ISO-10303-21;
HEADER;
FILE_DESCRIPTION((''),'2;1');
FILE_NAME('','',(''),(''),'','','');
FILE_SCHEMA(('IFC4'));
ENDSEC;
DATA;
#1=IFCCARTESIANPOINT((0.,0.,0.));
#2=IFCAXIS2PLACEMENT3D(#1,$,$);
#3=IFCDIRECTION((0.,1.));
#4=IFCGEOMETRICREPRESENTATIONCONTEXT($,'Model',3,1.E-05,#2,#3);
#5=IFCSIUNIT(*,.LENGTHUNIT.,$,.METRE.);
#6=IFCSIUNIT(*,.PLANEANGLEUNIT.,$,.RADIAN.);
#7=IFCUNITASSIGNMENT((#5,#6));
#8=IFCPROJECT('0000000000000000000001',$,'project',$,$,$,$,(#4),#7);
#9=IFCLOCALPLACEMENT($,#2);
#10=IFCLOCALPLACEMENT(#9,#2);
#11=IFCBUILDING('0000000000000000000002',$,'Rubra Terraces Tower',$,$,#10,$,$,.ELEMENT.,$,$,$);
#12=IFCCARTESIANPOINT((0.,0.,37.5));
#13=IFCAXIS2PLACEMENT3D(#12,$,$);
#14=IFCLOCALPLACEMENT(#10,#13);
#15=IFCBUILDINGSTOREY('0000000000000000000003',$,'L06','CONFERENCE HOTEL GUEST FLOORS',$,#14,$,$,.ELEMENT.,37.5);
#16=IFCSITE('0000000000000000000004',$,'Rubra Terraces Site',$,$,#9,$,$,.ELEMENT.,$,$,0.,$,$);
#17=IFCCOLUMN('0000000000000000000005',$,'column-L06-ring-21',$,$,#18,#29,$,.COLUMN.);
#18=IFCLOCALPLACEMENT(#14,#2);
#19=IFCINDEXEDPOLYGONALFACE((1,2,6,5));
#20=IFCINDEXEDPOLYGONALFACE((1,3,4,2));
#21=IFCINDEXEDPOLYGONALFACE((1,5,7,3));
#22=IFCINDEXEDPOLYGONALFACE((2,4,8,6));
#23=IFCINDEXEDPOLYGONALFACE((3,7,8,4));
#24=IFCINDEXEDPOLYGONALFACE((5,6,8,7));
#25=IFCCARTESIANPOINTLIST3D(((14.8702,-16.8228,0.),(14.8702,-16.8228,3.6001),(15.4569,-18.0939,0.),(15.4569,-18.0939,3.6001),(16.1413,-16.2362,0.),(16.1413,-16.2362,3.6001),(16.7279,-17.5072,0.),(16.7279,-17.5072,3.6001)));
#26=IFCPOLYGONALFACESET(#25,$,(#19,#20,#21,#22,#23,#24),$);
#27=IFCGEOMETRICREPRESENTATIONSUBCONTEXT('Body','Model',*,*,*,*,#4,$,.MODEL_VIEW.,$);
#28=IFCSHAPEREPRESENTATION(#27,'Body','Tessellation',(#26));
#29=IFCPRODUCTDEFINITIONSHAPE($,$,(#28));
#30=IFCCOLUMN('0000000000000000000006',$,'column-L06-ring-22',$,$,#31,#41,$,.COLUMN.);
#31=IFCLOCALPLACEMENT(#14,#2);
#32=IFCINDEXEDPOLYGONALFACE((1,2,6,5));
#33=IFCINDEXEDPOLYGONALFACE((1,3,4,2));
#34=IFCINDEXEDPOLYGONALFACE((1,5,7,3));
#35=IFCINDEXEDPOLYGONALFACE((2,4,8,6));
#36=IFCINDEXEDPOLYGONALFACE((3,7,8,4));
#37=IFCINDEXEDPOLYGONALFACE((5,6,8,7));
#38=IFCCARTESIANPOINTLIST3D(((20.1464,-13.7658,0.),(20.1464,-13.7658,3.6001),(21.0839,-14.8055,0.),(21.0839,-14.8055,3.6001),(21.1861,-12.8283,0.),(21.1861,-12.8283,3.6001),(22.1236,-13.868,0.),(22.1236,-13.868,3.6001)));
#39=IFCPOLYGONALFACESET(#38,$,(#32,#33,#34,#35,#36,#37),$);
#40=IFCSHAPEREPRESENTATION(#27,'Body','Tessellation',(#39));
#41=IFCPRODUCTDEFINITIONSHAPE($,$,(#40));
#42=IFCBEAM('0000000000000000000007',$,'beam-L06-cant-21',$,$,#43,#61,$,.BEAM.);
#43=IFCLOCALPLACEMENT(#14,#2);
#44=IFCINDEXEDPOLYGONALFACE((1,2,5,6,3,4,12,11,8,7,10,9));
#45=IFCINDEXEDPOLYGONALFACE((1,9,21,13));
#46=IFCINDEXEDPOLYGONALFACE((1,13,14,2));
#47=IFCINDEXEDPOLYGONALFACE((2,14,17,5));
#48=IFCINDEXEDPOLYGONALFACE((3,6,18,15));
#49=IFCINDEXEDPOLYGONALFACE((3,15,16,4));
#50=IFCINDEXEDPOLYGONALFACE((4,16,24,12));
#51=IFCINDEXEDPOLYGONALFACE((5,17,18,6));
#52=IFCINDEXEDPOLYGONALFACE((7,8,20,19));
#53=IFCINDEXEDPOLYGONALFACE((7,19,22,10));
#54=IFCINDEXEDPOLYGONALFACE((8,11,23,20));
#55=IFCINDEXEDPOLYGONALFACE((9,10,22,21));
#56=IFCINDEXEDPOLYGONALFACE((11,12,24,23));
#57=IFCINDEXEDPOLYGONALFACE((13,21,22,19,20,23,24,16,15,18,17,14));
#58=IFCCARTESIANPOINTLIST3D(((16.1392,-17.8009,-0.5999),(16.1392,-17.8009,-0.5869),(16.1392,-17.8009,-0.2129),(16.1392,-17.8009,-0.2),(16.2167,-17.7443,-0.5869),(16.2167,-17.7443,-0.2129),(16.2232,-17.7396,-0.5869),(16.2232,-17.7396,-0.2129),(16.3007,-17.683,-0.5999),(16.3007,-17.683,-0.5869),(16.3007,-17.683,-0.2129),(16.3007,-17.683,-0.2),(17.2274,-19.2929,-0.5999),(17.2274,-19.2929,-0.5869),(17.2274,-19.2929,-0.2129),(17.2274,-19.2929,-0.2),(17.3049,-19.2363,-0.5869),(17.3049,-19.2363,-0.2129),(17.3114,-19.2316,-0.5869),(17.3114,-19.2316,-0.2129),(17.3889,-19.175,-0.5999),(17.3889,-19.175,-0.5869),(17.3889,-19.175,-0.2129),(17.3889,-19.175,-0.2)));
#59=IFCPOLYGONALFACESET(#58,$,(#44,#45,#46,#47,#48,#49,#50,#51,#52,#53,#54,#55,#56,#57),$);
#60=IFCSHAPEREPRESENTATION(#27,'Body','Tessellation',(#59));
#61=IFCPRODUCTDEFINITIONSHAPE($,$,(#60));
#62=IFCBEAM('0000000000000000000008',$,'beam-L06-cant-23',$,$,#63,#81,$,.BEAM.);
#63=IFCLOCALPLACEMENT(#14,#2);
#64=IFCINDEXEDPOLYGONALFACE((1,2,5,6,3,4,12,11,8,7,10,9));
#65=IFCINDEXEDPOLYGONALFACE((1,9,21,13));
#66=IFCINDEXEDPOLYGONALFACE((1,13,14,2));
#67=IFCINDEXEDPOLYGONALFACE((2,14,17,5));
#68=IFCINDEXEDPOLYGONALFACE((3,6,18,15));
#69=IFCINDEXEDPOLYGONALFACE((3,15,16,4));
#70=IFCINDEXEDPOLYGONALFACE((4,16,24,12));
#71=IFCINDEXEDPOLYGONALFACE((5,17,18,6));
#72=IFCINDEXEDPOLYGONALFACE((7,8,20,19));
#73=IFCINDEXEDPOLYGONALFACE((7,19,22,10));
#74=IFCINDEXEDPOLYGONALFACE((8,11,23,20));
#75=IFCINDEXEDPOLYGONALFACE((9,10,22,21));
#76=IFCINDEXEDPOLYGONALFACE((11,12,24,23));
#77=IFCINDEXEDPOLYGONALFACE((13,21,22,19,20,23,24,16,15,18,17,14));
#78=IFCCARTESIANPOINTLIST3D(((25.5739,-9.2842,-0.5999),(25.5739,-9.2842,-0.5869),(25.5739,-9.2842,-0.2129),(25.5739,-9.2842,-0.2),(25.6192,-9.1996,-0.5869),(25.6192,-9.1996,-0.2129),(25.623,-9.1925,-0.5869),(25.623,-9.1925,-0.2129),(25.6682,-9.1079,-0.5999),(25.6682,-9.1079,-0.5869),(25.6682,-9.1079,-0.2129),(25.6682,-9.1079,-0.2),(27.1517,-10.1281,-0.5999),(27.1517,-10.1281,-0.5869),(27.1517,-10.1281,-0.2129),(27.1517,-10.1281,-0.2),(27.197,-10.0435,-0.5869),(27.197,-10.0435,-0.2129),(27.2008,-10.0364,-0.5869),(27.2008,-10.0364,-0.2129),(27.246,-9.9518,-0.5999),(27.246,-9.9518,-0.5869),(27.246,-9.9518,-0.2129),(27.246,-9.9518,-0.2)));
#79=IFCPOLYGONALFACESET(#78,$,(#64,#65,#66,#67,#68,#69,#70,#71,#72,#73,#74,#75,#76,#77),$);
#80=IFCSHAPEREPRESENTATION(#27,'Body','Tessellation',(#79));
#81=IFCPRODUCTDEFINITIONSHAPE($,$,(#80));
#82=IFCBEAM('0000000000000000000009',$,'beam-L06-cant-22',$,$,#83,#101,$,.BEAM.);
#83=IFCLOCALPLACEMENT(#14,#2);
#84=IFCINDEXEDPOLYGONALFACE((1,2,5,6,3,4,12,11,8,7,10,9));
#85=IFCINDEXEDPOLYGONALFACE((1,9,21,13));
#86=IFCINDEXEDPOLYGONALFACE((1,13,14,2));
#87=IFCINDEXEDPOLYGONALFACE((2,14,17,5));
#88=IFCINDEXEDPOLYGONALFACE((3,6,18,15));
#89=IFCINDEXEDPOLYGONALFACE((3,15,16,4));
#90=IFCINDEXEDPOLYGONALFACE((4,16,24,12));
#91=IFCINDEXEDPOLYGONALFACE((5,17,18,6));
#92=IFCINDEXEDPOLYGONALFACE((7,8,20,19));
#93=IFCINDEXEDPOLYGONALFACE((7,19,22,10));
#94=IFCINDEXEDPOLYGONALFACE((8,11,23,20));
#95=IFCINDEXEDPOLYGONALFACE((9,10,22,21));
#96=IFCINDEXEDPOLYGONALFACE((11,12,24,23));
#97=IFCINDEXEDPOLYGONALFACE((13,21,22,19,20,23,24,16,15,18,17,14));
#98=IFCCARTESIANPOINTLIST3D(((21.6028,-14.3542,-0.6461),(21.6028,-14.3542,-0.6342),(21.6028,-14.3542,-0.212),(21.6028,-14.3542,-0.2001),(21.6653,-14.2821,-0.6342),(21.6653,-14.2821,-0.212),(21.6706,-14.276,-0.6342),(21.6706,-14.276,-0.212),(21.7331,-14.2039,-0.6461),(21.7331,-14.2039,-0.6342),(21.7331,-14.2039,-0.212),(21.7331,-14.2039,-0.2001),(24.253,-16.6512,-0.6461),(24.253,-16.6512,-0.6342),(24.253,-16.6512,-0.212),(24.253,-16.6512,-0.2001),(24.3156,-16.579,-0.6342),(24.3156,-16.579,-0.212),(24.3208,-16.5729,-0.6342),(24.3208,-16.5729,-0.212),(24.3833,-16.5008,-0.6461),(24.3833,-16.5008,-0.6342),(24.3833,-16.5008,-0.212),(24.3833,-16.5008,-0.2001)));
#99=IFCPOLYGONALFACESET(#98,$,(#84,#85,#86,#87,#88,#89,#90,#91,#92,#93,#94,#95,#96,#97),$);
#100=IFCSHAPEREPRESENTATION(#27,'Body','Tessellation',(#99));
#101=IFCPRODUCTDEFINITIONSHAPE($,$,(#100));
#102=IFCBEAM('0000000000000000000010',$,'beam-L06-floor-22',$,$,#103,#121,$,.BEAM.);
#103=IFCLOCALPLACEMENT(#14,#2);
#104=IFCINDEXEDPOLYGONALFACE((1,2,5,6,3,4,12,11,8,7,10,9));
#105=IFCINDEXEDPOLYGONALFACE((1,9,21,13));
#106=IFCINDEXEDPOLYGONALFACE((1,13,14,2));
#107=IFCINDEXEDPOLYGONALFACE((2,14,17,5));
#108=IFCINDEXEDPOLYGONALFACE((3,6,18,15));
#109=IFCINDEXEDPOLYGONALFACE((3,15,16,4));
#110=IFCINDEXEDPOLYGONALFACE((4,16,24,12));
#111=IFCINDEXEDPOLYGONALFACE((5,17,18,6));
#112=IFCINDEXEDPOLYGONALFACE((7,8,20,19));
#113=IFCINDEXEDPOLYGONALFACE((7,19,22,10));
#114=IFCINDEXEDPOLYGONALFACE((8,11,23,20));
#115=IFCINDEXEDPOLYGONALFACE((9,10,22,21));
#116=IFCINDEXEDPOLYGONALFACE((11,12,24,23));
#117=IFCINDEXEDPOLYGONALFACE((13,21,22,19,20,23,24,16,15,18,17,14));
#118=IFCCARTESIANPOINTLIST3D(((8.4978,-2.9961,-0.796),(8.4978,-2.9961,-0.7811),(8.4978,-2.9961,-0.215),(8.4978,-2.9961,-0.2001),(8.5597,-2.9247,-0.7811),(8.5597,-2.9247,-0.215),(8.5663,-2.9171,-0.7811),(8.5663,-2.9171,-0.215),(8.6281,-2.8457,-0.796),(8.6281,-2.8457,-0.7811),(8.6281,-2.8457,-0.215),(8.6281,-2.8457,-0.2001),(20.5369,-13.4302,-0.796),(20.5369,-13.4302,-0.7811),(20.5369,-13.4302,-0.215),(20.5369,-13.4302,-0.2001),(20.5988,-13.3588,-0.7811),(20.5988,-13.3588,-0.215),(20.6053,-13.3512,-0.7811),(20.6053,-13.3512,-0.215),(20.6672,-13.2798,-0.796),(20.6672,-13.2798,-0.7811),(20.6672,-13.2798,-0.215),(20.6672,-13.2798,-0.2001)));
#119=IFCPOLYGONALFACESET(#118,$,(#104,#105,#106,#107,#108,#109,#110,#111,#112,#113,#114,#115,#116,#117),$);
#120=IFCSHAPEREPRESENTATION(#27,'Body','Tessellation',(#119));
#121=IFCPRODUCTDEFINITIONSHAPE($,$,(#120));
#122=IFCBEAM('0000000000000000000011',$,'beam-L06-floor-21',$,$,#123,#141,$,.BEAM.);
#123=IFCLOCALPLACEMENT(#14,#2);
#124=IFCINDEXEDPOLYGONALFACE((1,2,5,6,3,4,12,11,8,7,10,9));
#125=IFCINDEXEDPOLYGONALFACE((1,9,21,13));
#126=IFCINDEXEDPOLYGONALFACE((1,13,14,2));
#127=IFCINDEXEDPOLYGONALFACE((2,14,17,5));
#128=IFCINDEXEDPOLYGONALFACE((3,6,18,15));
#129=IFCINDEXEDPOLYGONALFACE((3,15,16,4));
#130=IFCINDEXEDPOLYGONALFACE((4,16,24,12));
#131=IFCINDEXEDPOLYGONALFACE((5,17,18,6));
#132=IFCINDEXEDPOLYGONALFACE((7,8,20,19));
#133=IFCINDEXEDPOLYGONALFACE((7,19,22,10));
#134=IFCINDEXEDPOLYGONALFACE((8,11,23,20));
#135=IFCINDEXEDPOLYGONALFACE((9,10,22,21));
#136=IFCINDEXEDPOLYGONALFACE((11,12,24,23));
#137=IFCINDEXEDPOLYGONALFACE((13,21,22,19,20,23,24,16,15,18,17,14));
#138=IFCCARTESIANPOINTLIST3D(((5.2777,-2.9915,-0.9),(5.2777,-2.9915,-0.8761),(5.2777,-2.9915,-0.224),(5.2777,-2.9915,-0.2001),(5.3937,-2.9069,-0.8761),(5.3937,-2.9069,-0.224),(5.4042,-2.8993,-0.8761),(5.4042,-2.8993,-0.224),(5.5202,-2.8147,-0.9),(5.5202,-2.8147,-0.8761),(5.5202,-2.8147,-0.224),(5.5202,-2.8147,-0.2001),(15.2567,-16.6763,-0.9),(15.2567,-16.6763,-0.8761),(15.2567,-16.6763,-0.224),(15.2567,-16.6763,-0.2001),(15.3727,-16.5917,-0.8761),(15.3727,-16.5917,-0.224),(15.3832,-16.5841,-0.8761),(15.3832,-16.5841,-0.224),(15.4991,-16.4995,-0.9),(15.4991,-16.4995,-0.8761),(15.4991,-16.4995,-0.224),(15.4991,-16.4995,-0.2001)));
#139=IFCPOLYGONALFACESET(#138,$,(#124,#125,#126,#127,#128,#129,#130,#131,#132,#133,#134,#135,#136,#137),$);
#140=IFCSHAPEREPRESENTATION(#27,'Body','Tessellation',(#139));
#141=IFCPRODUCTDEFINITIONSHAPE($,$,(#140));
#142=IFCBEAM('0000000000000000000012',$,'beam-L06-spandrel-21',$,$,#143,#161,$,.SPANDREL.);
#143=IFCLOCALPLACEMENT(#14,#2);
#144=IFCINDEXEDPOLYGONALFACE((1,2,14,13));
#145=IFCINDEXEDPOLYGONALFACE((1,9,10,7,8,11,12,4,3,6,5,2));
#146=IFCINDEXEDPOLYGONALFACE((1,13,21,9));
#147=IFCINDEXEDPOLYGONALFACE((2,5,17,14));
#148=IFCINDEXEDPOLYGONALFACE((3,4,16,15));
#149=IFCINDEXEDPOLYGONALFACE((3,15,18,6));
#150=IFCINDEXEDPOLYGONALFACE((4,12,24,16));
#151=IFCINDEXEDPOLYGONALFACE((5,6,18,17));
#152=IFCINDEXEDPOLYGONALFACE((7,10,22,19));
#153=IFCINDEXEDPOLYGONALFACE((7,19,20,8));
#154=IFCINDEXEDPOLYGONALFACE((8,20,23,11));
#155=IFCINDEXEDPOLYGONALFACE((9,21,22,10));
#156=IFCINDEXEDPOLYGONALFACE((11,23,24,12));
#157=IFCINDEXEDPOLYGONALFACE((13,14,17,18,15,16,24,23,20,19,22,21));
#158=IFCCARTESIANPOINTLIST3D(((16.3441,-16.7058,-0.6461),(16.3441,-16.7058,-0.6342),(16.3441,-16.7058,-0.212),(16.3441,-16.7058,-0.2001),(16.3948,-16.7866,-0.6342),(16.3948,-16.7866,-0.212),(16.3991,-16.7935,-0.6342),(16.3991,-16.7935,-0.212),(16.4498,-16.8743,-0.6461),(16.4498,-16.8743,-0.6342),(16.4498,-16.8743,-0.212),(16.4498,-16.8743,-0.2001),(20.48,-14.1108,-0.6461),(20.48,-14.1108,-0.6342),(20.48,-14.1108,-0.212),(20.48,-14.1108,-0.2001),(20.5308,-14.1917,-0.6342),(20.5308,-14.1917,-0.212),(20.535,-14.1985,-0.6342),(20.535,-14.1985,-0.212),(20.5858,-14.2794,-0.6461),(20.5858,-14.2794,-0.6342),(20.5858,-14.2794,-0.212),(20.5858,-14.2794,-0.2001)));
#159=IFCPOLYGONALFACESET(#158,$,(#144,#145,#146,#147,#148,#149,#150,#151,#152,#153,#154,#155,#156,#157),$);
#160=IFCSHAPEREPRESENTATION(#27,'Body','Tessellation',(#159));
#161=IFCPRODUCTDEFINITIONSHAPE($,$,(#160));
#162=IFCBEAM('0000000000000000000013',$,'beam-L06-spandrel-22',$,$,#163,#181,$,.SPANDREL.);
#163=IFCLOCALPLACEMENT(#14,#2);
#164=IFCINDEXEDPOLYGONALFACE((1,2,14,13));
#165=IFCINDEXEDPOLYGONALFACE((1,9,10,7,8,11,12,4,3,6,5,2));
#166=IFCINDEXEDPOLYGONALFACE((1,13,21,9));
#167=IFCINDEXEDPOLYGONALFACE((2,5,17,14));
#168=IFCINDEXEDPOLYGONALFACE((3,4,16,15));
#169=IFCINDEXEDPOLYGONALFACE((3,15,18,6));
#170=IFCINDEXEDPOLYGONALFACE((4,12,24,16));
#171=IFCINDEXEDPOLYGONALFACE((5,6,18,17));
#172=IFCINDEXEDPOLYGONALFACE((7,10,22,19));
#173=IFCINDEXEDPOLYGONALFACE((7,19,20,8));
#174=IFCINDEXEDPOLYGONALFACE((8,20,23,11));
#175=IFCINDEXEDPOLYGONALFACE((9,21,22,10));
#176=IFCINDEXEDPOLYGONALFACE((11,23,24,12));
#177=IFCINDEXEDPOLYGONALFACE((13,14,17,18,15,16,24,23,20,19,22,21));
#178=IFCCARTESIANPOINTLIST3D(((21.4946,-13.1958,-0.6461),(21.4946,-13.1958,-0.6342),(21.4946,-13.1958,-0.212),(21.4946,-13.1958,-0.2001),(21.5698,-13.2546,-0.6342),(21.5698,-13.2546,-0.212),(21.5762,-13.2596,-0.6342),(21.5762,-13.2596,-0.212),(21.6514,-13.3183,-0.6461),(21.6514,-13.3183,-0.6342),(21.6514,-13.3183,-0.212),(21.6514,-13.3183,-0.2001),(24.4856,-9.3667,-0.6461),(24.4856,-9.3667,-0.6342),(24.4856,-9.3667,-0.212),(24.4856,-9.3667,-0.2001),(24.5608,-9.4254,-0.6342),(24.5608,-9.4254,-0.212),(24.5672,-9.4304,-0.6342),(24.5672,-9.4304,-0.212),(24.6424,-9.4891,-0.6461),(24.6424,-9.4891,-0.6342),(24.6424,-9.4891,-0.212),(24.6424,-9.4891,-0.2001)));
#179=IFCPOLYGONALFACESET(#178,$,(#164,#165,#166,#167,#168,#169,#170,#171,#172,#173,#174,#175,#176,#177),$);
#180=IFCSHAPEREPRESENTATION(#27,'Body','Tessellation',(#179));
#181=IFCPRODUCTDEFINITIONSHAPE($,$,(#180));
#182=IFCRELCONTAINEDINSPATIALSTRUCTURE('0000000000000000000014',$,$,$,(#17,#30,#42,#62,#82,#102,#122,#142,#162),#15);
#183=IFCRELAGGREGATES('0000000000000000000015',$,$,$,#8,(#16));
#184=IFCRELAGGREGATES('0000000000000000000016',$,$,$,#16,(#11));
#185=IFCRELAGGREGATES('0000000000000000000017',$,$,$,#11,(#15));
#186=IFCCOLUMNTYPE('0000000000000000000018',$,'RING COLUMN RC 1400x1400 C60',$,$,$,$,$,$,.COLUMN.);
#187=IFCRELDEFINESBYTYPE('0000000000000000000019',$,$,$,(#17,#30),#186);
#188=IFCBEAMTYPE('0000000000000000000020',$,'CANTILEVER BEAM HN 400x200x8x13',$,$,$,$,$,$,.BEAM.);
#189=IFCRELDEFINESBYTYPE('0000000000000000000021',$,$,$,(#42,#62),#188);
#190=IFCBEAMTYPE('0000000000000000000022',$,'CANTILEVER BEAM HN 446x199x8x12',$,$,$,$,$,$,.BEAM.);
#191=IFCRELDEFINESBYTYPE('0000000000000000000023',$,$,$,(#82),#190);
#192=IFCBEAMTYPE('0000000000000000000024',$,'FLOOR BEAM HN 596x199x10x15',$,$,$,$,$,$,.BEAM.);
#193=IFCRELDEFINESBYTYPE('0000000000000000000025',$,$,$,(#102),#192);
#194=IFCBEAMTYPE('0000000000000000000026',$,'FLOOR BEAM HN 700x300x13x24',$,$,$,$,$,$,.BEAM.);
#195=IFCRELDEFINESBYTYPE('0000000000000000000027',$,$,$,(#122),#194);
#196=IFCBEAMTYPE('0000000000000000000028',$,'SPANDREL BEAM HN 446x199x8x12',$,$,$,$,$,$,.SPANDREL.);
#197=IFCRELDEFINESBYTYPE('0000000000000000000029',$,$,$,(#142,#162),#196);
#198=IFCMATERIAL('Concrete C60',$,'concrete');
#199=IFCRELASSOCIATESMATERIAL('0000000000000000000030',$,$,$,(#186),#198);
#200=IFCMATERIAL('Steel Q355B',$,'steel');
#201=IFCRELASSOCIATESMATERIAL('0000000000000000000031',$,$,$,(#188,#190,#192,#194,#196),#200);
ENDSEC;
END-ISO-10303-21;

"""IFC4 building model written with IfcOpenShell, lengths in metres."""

from ifc_helpers import new_model, si_unit, direction, frame, origin, origin_2d, place, context, subcontext, project, spatial, rectangle, i_section, extrude, material, material_profile, profile_set, type_object, element, save


model = new_model("IFC4")

# Units and contexts
model_context = context("Model", 3, precision=1e-05, world=origin(), true_north=direction((0.0, 1.0)))
body_context = subcontext(model_context, "Body", "Model", "MODEL_VIEW")
ifc_project = project(units=[si_unit("LENGTHUNIT", "METRE"), si_unit("PLANEANGLEUNIT", "RADIAN")], contexts=[model_context])

# Site, building, storey
site_placement = place(None, origin())
site = spatial("IfcSite", under=ifc_project, at=site_placement, Name="Rubra Terraces Site", CompositionType="ELEMENT", RefElevation=0.0)
building_placement = place(site_placement, origin())
building = spatial("IfcBuilding", under=site, at=building_placement, Name="Rubra Terraces Tower", CompositionType="ELEMENT")
storey_placement = place(building_placement, frame((0.0, 0.0, 37.5)))
storey = spatial("IfcBuildingStorey", under=building, at=storey_placement, Name="L06", Description="CONFERENCE HOTEL GUEST FLOORS", CompositionType="ELEMENT", Elevation=37.5)

# Columns
ifc_material_1 = material(Name="Concrete C60", Category="concrete")
ifc_material_profile_1 = material_profile(ifc_material_1, rectangle(XDim=1.3999, YDim=1.3999, at=origin_2d()), Name="RC 1400x1400")
ifc_profile_set_1 = profile_set([ifc_material_profile_1], Name="Concrete C60")
column_type = type_object("IfcColumnType", Name="RING COLUMN RC 1400x1400 C60", PredefinedType="COLUMN", material=ifc_profile_set_1)
for number, where, z_axis, x_axis, name in (
    (1, (15.7991, -17.165, 0.0), (0.0, 0.0, 1.0), (0.907952, 0.419073, 0.0), "column-L06-ring-21"),
    (2, (21.135, -13.8169, 0.0), (0.0, 0.0, 1.0), (0.742676, 0.669651, 0.0), "column-L06-ring-22"),
):
    element("IfcColumn", number, at=place(storey_placement, frame(where, z_axis=z_axis, x_axis=x_axis)), inside=storey, type_object=column_type, Name=name, PredefinedType="COLUMN", context=body_context, shape_type="SweptSolid", body=[
        extrude(rectangle(XDim=1.3999, YDim=1.3999, at=origin_2d()), origin(), (0.0, 0.0, 1.0), 3.6001),
    ])

# Beams
ifc_material_2 = material(Name="Steel Q355B", Category="steel")
ifc_material_profile_2 = material_profile(ifc_material_2, i_section(OverallWidth=0.2, OverallDepth=0.3999, WebThickness=0.0081, FlangeThickness=0.0129, at=origin_2d()), Name="HN 400x200x8x13")
ifc_profile_set_2 = profile_set([ifc_material_profile_2], Name="Steel Q355B")
beam_type_1 = type_object("IfcBeamType", Name="CANTILEVER BEAM HN 400x200x8x13", PredefinedType="BEAM", material=ifc_profile_set_2)
beam_1_placement = place(storey_placement, frame((16.22, -17.7419, -0.3999), z_axis=(0.589264, -0.807941, 0.0), x_axis=(0.807941, 0.589264, 0.0)))
element("IfcBeam", 3, at=beam_1_placement, inside=storey, type_object=beam_type_1, Name="beam-L06-cant-21", PredefinedType="BEAM", context=body_context, shape_type="SweptSolid", body=[
    extrude(i_section(OverallWidth=0.2, OverallDepth=0.3999, WebThickness=0.0081, FlangeThickness=0.0129, at=origin_2d()), origin(), (0.0, 0.0, 1.0), 1.8467),
])
beam_2_placement = place(storey_placement, frame((25.6211, -9.196, -0.3999), z_axis=(0.881782, -0.471657, 0.0), x_axis=(0.471657, 0.881782, 0.0)))
element("IfcBeam", 4, at=beam_2_placement, inside=storey, type_object=beam_type_1, Name="beam-L06-cant-23", PredefinedType="BEAM", context=body_context, shape_type="SweptSolid", body=[
    extrude(i_section(OverallWidth=0.2, OverallDepth=0.3999, WebThickness=0.0081, FlangeThickness=0.0129, at=origin_2d()), origin(), (0.0, 0.0, 1.0), 1.7893),
])
ifc_material_profile_3 = material_profile(ifc_material_2, i_section(OverallWidth=0.199, OverallDepth=0.446, WebThickness=0.0081, FlangeThickness=0.012, at=origin_2d()), Name="HN 446x199x8x12")
ifc_profile_set_3 = profile_set([ifc_material_profile_3], Name="Steel Q355B")
beam_type_2 = type_object("IfcBeamType", Name="CANTILEVER BEAM HN 446x199x8x12", PredefinedType="BEAM", material=ifc_profile_set_3)
beam_3_placement = place(storey_placement, frame((21.668, -14.2791, -0.4231), z_axis=(0.755678, -0.654944, 0.0), x_axis=(0.654944, 0.755678, 0.0)))
element("IfcBeam", 5, at=beam_3_placement, inside=storey, type_object=beam_type_2, Name="beam-L06-cant-22", PredefinedType="BEAM", context=body_context, shape_type="SweptSolid", body=[
    extrude(i_section(OverallWidth=0.199, OverallDepth=0.446, WebThickness=0.0081, FlangeThickness=0.012, at=origin_2d()), origin(), (0.0, 0.0, 1.0), 3.5071),
])
ifc_material_profile_4 = material_profile(ifc_material_2, i_section(OverallWidth=0.199, OverallDepth=0.5959, WebThickness=0.01, FlangeThickness=0.0149, at=origin_2d()), Name="HN 596x199x10x15")
ifc_profile_set_4 = profile_set([ifc_material_profile_4], Name="Steel Q355B")
beam_type_3 = type_object("IfcBeamType", Name="FLOOR BEAM HN 596x199x10x15", PredefinedType="BEAM", material=ifc_profile_set_4)
beam_4_placement = place(storey_placement, frame((20.6021, -13.355, -0.498), z_axis=(-0.755682, 0.654939, 0.0), x_axis=(-0.654939, -0.755682, 0.0)))
element("IfcBeam", 6, at=beam_4_placement, inside=storey, type_object=beam_type_3, Name="beam-L06-floor-22", PredefinedType="BEAM", context=body_context, shape_type="SweptSolid", body=[
    extrude(i_section(OverallWidth=0.199, OverallDepth=0.5959, WebThickness=0.01, FlangeThickness=0.0149, at=origin_2d()), origin(), (0.0, 0.0, 1.0), 15.9314),
])
ifc_material_profile_5 = material_profile(ifc_material_2, i_section(OverallWidth=0.3, OverallDepth=0.7, WebThickness=0.0129, FlangeThickness=0.0239, at=origin_2d()), Name="HN 700x300x13x24")
ifc_profile_set_5 = profile_set([ifc_material_profile_5], Name="Steel Q355B")
beam_type_4 = type_object("IfcBeamType", Name="FLOOR BEAM HN 700x300x13x24", PredefinedType="BEAM", material=ifc_profile_set_5)
beam_5_placement = place(storey_placement, frame((15.3779, -16.5879, -0.55), z_axis=(-0.589191, 0.807994, 0.0), x_axis=(-0.807994, -0.589191, 0.0)))
element("IfcBeam", 7, at=beam_5_placement, inside=storey, type_object=beam_type_4, Name="beam-L06-floor-21", PredefinedType="BEAM", context=body_context, shape_type="SweptSolid", body=[
    extrude(i_section(OverallWidth=0.3, OverallDepth=0.7, WebThickness=0.0129, FlangeThickness=0.0239, at=origin_2d()), origin(), (0.0, 0.0, 1.0), 16.9368),
])
ifc_material_profile_6 = material_profile(ifc_material_2, i_section(OverallWidth=0.199, OverallDepth=0.446, WebThickness=0.0081, FlangeThickness=0.012, at=origin_2d()), Name="HN 446x199x8x12")
ifc_profile_set_6 = profile_set([ifc_material_profile_6], Name="Steel Q355B")
beam_type_5 = type_object("IfcBeamType", Name="SPANDREL BEAM HN 446x199x8x12", PredefinedType="SPANDREL", material=ifc_profile_set_6)
beam_6_placement = place(storey_placement, frame((16.397, -16.79, -0.4231), z_axis=(0.847078, 0.531468, 0.0), x_axis=(-0.531468, 0.847078, 0.0)))
element("IfcBeam", 8, at=beam_6_placement, inside=storey, type_object=beam_type_5, Name="beam-L06-spandrel-21", PredefinedType="SPANDREL", context=body_context, shape_type="SweptSolid", body=[
    extrude(i_section(OverallWidth=0.199, OverallDepth=0.446, WebThickness=0.0081, FlangeThickness=0.012, at=origin_2d()), origin(), (0.0, 0.0, 1.0), 4.8826),
])
beam_7_placement = place(storey_placement, frame((21.573, -13.2571, -0.4231), z_axis=(0.615578, 0.788076, 0.0), x_axis=(-0.788076, 0.615578, 0.0)))
element("IfcBeam", 9, at=beam_7_placement, inside=storey, type_object=beam_type_5, Name="beam-L06-spandrel-22", PredefinedType="SPANDREL", context=body_context, shape_type="SweptSolid", body=[
    extrude(i_section(OverallWidth=0.199, OverallDepth=0.446, WebThickness=0.0081, FlangeThickness=0.012, at=origin_2d()), origin(), (0.0, 0.0, 1.0), 4.8589),
])

save(model, "model.ifc")
